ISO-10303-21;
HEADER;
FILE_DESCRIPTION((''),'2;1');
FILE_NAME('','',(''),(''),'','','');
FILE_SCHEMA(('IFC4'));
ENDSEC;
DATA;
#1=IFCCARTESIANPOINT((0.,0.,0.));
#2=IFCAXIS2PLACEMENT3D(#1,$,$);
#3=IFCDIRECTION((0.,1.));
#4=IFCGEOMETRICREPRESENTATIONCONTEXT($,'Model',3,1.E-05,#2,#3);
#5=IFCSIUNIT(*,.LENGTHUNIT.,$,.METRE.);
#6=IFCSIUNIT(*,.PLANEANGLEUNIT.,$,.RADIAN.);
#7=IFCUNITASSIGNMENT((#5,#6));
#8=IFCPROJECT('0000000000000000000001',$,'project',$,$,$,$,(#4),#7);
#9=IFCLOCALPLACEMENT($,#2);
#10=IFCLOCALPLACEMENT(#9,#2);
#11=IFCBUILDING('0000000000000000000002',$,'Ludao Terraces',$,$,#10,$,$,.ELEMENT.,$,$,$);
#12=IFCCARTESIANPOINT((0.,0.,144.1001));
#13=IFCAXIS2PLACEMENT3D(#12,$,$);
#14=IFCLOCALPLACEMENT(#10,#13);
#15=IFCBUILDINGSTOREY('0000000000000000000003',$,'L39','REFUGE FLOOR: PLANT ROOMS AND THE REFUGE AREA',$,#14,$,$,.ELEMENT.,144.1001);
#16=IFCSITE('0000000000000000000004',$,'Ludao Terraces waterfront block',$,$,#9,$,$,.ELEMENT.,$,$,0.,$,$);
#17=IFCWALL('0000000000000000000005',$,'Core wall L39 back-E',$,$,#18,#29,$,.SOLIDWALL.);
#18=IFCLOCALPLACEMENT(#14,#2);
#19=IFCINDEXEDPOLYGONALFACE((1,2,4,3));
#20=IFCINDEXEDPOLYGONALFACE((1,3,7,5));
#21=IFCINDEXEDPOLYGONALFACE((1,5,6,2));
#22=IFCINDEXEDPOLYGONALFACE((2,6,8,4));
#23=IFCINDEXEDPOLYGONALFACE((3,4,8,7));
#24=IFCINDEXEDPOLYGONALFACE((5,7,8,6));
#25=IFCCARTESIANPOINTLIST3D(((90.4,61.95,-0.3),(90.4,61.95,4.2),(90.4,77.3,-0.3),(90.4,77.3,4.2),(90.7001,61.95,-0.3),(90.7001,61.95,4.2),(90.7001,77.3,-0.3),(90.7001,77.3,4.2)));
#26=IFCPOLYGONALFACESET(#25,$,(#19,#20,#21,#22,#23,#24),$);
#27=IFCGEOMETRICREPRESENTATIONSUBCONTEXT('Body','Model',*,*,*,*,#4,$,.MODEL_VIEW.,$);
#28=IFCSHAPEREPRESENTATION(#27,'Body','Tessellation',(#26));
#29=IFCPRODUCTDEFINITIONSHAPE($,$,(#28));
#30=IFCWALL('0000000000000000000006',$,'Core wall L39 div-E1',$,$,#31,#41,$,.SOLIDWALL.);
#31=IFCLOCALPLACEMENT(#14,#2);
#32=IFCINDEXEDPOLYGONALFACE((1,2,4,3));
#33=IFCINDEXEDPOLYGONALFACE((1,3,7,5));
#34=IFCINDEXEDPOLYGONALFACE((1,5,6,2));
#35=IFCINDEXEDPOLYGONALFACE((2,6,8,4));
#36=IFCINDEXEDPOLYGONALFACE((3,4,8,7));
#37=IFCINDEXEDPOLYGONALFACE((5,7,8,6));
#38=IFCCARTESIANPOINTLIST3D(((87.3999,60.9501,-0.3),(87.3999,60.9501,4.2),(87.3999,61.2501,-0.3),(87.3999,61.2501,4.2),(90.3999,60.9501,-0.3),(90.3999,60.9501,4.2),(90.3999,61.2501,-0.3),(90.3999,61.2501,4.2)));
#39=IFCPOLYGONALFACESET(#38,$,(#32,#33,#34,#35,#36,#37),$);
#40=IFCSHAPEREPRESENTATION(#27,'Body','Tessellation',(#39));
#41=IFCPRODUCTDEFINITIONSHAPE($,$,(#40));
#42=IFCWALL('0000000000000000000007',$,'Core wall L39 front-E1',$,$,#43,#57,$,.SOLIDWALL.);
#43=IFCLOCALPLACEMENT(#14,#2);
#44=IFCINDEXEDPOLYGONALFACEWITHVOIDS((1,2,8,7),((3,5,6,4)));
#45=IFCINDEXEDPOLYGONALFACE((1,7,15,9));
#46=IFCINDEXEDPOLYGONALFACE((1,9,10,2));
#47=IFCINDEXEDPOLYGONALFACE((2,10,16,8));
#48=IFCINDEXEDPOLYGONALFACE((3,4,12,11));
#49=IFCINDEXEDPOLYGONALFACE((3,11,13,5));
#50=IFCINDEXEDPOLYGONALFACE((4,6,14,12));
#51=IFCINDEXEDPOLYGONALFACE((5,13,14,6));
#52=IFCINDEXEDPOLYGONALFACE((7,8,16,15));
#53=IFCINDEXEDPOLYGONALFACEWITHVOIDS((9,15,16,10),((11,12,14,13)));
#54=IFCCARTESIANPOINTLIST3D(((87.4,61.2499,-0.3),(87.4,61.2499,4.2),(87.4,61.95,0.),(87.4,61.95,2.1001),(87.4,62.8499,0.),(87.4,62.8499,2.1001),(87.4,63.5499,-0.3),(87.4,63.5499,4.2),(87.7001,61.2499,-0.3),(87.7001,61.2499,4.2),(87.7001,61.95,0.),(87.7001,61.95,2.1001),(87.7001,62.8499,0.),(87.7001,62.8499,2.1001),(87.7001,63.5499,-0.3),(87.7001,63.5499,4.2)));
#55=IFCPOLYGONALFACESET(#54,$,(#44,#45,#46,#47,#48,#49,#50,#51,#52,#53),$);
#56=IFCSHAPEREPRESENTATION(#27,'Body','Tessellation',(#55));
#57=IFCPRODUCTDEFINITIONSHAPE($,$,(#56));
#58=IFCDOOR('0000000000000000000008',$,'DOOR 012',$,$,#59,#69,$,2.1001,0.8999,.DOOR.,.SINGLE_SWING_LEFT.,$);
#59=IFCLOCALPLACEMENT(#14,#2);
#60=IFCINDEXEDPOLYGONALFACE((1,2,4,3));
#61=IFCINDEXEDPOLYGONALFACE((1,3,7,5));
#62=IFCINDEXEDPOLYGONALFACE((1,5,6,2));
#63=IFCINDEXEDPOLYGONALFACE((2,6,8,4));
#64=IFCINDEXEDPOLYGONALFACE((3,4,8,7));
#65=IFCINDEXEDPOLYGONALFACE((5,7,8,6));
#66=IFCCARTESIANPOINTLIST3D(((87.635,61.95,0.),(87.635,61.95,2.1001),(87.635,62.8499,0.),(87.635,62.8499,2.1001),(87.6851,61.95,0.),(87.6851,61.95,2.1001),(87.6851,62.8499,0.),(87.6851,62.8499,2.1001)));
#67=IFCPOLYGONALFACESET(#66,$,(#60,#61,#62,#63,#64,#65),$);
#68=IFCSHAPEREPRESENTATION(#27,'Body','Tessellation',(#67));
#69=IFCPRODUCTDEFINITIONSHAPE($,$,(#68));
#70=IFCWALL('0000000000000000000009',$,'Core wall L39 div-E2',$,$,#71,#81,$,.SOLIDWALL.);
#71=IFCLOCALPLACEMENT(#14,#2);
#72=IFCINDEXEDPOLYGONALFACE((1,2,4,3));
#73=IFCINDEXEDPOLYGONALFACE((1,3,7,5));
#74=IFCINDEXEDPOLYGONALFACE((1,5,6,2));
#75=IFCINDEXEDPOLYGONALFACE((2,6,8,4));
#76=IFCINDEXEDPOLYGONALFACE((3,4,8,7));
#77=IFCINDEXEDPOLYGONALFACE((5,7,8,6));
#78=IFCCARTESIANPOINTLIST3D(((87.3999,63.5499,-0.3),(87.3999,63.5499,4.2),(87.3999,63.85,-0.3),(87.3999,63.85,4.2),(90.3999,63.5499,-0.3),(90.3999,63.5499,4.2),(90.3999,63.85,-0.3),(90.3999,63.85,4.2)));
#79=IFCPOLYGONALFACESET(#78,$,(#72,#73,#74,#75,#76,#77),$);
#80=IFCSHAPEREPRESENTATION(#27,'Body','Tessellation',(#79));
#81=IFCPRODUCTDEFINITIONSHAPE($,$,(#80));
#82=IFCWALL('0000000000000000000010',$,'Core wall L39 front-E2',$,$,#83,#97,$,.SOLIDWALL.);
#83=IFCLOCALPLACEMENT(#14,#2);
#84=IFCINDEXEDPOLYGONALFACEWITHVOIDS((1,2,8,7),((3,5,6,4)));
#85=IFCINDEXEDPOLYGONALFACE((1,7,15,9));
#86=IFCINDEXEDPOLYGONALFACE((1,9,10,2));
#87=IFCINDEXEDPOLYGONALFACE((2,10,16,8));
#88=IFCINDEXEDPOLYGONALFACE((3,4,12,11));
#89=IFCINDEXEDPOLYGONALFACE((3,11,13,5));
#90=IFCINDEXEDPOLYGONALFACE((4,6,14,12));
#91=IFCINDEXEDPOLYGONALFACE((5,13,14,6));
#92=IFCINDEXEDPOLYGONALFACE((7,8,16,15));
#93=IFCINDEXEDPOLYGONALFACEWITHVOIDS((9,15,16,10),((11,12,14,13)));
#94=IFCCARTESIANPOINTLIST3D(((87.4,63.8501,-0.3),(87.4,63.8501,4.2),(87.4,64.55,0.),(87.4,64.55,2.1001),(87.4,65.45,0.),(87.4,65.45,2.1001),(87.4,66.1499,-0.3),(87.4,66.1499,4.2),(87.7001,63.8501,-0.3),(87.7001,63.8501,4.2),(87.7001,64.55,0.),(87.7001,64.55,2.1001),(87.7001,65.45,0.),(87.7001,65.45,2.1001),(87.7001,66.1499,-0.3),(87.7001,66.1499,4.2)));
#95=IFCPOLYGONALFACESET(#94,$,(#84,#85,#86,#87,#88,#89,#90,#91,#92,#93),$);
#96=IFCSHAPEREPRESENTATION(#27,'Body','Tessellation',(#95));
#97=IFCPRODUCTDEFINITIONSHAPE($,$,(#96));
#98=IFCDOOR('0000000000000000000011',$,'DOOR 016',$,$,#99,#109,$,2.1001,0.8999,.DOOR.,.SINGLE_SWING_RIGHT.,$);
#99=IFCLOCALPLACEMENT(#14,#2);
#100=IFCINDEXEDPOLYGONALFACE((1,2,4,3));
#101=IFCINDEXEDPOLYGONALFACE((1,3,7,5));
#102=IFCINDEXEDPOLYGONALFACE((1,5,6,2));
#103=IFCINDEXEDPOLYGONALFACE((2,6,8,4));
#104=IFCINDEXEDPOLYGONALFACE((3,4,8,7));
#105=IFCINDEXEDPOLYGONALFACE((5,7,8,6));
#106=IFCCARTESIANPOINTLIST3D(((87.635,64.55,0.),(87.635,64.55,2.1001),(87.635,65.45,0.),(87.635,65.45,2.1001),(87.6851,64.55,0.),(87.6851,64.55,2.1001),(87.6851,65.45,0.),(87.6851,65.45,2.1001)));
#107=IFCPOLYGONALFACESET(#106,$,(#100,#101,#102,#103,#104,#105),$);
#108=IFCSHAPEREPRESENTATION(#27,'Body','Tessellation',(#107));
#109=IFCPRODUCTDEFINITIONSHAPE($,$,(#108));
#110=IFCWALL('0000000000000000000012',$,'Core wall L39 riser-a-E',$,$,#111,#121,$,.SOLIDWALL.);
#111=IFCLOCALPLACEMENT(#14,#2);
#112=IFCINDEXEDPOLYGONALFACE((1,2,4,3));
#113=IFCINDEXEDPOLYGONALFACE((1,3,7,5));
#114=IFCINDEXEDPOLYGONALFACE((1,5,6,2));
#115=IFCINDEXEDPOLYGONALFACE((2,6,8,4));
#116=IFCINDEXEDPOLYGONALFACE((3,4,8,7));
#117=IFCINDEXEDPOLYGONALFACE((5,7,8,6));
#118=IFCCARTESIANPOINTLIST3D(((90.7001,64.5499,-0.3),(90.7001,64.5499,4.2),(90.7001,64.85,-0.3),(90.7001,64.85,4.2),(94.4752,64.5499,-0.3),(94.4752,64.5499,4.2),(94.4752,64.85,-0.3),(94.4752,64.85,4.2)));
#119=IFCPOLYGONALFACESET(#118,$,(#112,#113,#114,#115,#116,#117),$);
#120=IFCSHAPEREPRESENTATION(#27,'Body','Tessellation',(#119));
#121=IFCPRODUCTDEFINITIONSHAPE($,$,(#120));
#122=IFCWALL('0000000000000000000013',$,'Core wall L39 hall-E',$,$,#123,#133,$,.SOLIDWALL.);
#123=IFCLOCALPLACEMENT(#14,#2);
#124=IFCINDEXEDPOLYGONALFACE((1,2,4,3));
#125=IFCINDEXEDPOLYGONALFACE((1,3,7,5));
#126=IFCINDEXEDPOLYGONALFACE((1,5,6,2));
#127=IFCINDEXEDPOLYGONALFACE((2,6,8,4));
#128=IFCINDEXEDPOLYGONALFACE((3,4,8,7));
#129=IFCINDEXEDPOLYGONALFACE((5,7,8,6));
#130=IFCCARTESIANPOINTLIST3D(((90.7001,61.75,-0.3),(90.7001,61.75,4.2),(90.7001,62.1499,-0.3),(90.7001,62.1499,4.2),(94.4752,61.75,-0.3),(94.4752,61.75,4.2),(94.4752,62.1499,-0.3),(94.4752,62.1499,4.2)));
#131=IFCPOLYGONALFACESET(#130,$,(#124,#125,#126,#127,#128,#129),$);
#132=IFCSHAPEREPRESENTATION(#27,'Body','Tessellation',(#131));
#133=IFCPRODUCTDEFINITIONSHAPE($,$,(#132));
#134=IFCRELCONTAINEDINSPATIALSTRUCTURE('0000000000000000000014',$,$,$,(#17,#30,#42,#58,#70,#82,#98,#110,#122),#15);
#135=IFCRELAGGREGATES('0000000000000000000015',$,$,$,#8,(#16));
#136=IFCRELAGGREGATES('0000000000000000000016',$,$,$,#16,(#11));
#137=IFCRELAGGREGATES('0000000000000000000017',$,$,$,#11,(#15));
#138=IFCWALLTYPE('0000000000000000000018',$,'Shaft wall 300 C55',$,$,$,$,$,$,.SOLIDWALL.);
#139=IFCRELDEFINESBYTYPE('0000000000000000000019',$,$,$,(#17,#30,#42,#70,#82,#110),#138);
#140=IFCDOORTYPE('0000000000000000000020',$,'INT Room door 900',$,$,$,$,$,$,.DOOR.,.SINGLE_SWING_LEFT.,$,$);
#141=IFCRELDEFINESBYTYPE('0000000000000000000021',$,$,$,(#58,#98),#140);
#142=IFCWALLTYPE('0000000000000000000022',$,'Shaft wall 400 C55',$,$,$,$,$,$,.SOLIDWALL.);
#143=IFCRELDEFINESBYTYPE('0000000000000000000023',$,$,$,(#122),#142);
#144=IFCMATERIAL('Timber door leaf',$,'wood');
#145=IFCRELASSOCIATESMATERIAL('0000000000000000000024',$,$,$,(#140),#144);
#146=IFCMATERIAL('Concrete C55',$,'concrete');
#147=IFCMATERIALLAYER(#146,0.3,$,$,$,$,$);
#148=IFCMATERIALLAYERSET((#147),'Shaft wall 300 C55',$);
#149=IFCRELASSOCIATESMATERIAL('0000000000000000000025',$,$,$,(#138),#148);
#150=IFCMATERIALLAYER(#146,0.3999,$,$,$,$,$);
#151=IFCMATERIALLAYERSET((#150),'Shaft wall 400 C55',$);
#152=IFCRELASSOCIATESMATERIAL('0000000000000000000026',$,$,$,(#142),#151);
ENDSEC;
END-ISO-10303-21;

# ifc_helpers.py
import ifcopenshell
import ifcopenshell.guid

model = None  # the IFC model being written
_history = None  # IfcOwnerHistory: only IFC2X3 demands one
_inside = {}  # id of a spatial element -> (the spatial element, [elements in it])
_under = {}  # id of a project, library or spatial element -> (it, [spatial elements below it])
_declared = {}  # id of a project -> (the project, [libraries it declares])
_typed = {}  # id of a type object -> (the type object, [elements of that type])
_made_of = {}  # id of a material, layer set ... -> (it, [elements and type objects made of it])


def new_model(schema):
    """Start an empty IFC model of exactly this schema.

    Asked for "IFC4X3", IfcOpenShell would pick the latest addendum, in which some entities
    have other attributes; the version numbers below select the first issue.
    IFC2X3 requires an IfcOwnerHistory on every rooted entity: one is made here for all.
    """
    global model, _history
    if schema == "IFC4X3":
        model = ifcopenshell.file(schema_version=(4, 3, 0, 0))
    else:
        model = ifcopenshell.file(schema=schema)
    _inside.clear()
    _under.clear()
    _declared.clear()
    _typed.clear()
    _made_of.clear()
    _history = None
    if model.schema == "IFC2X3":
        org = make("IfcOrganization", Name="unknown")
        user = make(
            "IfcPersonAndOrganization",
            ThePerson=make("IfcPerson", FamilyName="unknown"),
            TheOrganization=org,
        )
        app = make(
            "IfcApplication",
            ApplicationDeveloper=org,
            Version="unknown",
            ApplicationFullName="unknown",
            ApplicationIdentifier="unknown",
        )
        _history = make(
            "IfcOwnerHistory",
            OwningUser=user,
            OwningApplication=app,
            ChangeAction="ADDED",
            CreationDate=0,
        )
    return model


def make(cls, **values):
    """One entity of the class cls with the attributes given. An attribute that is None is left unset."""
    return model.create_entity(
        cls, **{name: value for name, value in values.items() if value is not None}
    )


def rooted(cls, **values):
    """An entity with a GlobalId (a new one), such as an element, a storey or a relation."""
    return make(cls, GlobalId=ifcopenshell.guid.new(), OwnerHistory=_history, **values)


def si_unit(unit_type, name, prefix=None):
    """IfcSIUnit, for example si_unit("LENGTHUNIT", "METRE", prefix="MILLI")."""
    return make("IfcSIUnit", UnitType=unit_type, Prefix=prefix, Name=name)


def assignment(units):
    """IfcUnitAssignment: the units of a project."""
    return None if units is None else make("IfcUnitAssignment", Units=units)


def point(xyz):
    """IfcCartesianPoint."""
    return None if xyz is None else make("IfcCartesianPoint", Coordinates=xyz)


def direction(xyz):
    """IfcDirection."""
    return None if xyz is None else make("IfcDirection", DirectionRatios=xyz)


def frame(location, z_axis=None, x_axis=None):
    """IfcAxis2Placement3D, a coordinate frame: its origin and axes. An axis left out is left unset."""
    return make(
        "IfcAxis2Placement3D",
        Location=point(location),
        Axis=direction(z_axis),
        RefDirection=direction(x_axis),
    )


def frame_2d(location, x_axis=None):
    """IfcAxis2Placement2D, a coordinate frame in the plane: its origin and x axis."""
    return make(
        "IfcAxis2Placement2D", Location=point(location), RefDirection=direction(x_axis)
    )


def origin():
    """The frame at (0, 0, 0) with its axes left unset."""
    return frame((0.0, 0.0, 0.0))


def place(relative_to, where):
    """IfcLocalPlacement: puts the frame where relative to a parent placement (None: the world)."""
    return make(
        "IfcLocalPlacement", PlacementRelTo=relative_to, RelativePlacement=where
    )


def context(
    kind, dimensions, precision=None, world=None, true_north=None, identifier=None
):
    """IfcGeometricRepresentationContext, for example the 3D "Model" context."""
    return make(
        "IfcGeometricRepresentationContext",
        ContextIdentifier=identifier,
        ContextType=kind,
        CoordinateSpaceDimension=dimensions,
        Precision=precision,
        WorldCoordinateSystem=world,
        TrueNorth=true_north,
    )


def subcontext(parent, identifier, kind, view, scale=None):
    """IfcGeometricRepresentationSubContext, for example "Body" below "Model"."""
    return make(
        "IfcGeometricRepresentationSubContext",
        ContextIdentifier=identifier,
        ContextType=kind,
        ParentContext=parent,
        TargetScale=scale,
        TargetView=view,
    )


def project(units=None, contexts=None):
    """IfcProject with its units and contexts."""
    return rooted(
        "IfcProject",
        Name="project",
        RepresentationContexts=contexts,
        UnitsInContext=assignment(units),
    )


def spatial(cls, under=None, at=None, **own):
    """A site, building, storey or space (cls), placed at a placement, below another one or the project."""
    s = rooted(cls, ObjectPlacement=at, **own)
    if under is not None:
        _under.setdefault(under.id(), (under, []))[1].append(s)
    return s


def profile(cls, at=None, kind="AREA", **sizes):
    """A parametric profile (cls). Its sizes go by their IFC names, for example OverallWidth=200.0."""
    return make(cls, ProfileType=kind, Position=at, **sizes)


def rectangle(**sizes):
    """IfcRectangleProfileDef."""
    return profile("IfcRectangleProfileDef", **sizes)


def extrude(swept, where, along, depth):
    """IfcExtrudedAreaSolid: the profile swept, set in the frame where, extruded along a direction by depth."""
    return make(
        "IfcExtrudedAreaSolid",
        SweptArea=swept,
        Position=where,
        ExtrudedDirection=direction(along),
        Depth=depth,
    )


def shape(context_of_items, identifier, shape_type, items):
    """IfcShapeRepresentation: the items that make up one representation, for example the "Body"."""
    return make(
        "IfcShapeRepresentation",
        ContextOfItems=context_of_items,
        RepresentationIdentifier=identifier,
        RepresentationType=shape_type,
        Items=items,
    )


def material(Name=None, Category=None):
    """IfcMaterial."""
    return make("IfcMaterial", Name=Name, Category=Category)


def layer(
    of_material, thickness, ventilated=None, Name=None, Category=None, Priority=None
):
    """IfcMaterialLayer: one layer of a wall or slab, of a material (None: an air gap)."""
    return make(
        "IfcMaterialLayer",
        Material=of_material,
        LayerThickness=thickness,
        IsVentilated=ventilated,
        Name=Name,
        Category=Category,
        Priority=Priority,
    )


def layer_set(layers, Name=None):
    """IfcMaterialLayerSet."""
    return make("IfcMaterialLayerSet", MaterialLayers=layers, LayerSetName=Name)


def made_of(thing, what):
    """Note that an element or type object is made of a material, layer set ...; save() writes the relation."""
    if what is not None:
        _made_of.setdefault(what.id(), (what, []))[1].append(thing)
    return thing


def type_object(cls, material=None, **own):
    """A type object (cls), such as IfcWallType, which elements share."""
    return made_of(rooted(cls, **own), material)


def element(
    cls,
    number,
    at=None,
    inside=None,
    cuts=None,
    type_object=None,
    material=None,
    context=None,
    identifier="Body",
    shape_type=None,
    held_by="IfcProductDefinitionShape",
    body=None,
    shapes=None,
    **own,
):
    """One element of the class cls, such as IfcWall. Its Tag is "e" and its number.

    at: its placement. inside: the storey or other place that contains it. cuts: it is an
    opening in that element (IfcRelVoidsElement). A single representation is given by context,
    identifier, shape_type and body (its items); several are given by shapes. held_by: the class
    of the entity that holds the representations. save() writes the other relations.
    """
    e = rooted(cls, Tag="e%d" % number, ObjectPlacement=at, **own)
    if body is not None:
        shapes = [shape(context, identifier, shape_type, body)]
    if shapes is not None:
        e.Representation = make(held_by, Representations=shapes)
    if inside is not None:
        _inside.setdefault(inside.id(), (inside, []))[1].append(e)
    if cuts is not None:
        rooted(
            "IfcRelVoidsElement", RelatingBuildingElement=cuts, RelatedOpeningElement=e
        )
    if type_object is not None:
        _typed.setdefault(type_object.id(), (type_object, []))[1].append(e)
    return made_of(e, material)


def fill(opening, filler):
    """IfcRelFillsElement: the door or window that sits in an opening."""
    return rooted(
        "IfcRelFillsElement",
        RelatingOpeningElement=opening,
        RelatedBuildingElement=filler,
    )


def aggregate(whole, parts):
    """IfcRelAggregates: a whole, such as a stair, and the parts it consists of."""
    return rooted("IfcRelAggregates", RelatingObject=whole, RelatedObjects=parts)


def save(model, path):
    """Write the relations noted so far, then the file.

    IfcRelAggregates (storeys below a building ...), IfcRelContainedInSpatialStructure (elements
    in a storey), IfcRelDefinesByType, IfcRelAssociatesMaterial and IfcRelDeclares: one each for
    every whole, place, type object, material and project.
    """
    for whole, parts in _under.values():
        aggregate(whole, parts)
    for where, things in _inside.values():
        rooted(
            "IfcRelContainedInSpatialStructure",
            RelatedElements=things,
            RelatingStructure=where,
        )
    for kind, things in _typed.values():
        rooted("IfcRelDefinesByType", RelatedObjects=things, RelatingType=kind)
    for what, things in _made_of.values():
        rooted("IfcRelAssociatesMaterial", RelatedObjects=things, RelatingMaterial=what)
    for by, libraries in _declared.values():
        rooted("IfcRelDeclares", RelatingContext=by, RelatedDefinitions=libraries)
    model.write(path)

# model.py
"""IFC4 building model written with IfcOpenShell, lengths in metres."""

from ifc_helpers import new_model, si_unit, direction, frame, frame_2d, origin, place, context, subcontext, project, spatial, rectangle, extrude, material, layer, layer_set, type_object, element, fill, save


model = new_model("IFC4")

# Units and contexts
model_context = context("Model", 3, precision=1e-05, world=origin(), true_north=direction((0.0, 1.0)))
body_context = subcontext(model_context, "Body", "Model", "MODEL_VIEW")
ifc_project = project(units=[si_unit("LENGTHUNIT", "METRE"), si_unit("PLANEANGLEUNIT", "RADIAN")], contexts=[model_context])

# Site, building, storey
site_placement = place(None, origin())
site = spatial("IfcSite", under=ifc_project, at=site_placement, Name="Ludao Terraces waterfront block", CompositionType="ELEMENT", RefElevation=0.0)
building_placement = place(site_placement, origin())
building = spatial("IfcBuilding", under=site, at=building_placement, Name="Ludao Terraces", CompositionType="ELEMENT")
storey_placement = place(building_placement, frame((0.0, 0.0, 144.1001)))
storey = spatial("IfcBuildingStorey", under=building, at=storey_placement, Name="L39", Description="REFUGE FLOOR: PLANT ROOMS AND THE REFUGE AREA", CompositionType="ELEMENT", Elevation=144.1001)

# Shared definitions
ifc_material_1 = material(Name="Timber door leaf", Category="wood")
door_type_1 = type_object("IfcDoorType", Name="INT Room door 900", OperationType="SINGLE_SWING_LEFT", PredefinedType="DOOR", material=ifc_material_1)

# Walls
ifc_material_2 = material(Name="Concrete C55", Category="concrete")
ifc_layer_1 = layer(ifc_material_2, 0.3)
ifc_layer_set_1 = layer_set([ifc_layer_1], Name="Shaft wall 300 C55")
wall_type_1 = type_object("IfcWallType", Name="Shaft wall 300 C55", PredefinedType="SOLIDWALL", material=ifc_layer_set_1)
wall_1_placement = place(storey_placement, frame((90.55, 61.95, -0.3), z_axis=(0.0, 0.0, 1.0), x_axis=(0.0, 1.0, 0.0)))
element("IfcWall", 1, at=wall_1_placement, inside=storey, type_object=wall_type_1, Name="Core wall L39 back-E", PredefinedType="SOLIDWALL", context=body_context, shape_type="SweptSolid", body=[
    extrude(rectangle(XDim=15.3501, YDim=0.3, at=frame_2d((7.675, 0.0))), origin(), (0.0, 0.0, 1.0), 4.5),
])
wall_2_placement = place(storey_placement, frame((87.3999, 61.1001, -0.3), z_axis=(0.0, 0.0, 1.0), x_axis=(1.0, 0.0, 0.0)))
element("IfcWall", 2, at=wall_2_placement, inside=storey, type_object=wall_type_1, Name="Core wall L39 div-E1", PredefinedType="SOLIDWALL", context=body_context, shape_type="SweptSolid", body=[
    extrude(rectangle(XDim=3.0, YDim=0.3, at=frame_2d((1.5, 0.0))), origin(), (0.0, 0.0, 1.0), 4.5),
])

# Wall, opening, door
wall_3_placement = place(storey_placement, frame((87.55, 61.25, -0.3), z_axis=(0.0, 0.0, 1.0), x_axis=(0.0, 1.0, 0.0)))
wall_3 = element("IfcWall", 3, at=wall_3_placement, inside=storey, type_object=wall_type_1, Name="Core wall L39 front-E1", PredefinedType="SOLIDWALL", context=body_context, shape_type="SweptSolid", body=[
    extrude(rectangle(XDim=2.3, YDim=0.3, at=frame_2d((1.1499, 0.0))), origin(), (0.0, 0.0, 1.0), 4.5),
])
opening_1_placement = place(wall_3_placement, frame((0.7, 0.0, 0.3)))
opening_1 = element("IfcOpeningElement", 4, at=opening_1_placement, cuts=wall_3, PredefinedType="OPENING", context=body_context, shape_type="SweptSolid", body=[
    extrude(rectangle(XDim=0.8999, YDim=2.1001, at=frame_2d((0.45, 1.05))), frame((0.0, 0.1602, 0.0), z_axis=(0.0, -1.0, 0.0), x_axis=(1.0, 0.0, 0.0)), (0.0, 0.0, 1.0), 0.3201),
])
door_1_placement = place(opening_1_placement, origin())
door_1 = element("IfcDoor", 5, at=door_1_placement, inside=storey, type_object=door_type_1, Name="DOOR 012", OperationType="SINGLE_SWING_LEFT", OverallHeight=2.1001, OverallWidth=0.8999, PredefinedType="DOOR", context=body_context, shape_type="SweptSolid", body=[
    extrude(rectangle(XDim=0.8999, YDim=2.1001, at=frame_2d((0.45, 1.05))), frame((0.0, -0.085, 0.0), z_axis=(0.0, -1.0, 0.0), x_axis=(1.0, 0.0, 0.0)), (0.0, 0.0, 1.0), 0.05),
])
fill(opening_1, door_1)

# Wall
wall_4_placement = place(storey_placement, frame((87.3999, 63.7, -0.3), z_axis=(0.0, 0.0, 1.0), x_axis=(1.0, 0.0, 0.0)))
element("IfcWall", 6, at=wall_4_placement, inside=storey, type_object=wall_type_1, Name="Core wall L39 div-E2", PredefinedType="SOLIDWALL", context=body_context, shape_type="SweptSolid", body=[
    extrude(rectangle(XDim=3.0, YDim=0.3, at=frame_2d((1.5, 0.0))), origin(), (0.0, 0.0, 1.0), 4.5),
])

# Wall, opening, door
wall_5_placement = place(storey_placement, frame((87.55, 63.8501, -0.3), z_axis=(0.0, 0.0, 1.0), x_axis=(0.0, 1.0, 0.0)))
wall_5 = element("IfcWall", 7, at=wall_5_placement, inside=storey, type_object=wall_type_1, Name="Core wall L39 front-E2", PredefinedType="SOLIDWALL", context=body_context, shape_type="SweptSolid", body=[
    extrude(rectangle(XDim=2.2998, YDim=0.3, at=frame_2d((1.1499, 0.0))), origin(), (0.0, 0.0, 1.0), 4.5),
])
opening_2_placement = place(wall_5_placement, frame((0.7, 0.0, 0.3)))
opening_2 = element("IfcOpeningElement", 8, at=opening_2_placement, cuts=wall_5, PredefinedType="OPENING", context=body_context, shape_type="SweptSolid", body=[
    extrude(rectangle(XDim=0.8999, YDim=2.1001, at=frame_2d((0.45, 1.05))), frame((0.0, 0.1602, 0.0), z_axis=(0.0, -1.0, 0.0), x_axis=(1.0, 0.0, 0.0)), (0.0, 0.0, 1.0), 0.3201),
])
door_2_placement = place(opening_2_placement, origin())
door_2 = element("IfcDoor", 9, at=door_2_placement, inside=storey, type_object=door_type_1, Name="DOOR 016", OperationType="SINGLE_SWING_RIGHT", OverallHeight=2.1001, OverallWidth=0.8999, PredefinedType="DOOR", context=body_context, shape_type="SweptSolid", body=[
    extrude(rectangle(XDim=0.8999, YDim=2.1001, at=frame_2d((0.45, 1.05))), frame((0.0, -0.085, 0.0), z_axis=(0.0, -1.0, 0.0), x_axis=(1.0, 0.0, 0.0)), (0.0, 0.0, 1.0), 0.05),
])
fill(opening_2, door_2)

# Walls
wall_6_placement = place(storey_placement, frame((90.7, 64.7, -0.3), z_axis=(0.0, 0.0, 1.0), x_axis=(1.0, 0.0, 0.0)))
element("IfcWall", 10, at=wall_6_placement, inside=storey, type_object=wall_type_1, Name="Core wall L39 riser-a-E", PredefinedType="SOLIDWALL", context=body_context, shape_type="SweptSolid", body=[
    extrude(rectangle(XDim=3.7751, YDim=0.3, at=frame_2d((1.8877, 0.0))), origin(), (0.0, 0.0, 1.0), 4.5),
])
ifc_layer_2 = layer(ifc_material_2, 0.3999)
ifc_layer_set_2 = layer_set([ifc_layer_2], Name="Shaft wall 400 C55")
wall_type_2 = type_object("IfcWallType", Name="Shaft wall 400 C55", PredefinedType="SOLIDWALL", material=ifc_layer_set_2)
wall_7_placement = place(storey_placement, frame((90.7, 61.95, -0.3), z_axis=(0.0, 0.0, 1.0), x_axis=(1.0, 0.0, 0.0)))
element("IfcWall", 11, at=wall_7_placement, inside=storey, type_object=wall_type_2, Name="Core wall L39 hall-E", PredefinedType="SOLIDWALL", context=body_context, shape_type="SweptSolid", body=[
    extrude(rectangle(XDim=3.7751, YDim=0.3999, at=frame_2d((1.8877, 0.0))), origin(), (0.0, 0.0, 1.0), 4.5),
])

save(model, "model.ifc")
